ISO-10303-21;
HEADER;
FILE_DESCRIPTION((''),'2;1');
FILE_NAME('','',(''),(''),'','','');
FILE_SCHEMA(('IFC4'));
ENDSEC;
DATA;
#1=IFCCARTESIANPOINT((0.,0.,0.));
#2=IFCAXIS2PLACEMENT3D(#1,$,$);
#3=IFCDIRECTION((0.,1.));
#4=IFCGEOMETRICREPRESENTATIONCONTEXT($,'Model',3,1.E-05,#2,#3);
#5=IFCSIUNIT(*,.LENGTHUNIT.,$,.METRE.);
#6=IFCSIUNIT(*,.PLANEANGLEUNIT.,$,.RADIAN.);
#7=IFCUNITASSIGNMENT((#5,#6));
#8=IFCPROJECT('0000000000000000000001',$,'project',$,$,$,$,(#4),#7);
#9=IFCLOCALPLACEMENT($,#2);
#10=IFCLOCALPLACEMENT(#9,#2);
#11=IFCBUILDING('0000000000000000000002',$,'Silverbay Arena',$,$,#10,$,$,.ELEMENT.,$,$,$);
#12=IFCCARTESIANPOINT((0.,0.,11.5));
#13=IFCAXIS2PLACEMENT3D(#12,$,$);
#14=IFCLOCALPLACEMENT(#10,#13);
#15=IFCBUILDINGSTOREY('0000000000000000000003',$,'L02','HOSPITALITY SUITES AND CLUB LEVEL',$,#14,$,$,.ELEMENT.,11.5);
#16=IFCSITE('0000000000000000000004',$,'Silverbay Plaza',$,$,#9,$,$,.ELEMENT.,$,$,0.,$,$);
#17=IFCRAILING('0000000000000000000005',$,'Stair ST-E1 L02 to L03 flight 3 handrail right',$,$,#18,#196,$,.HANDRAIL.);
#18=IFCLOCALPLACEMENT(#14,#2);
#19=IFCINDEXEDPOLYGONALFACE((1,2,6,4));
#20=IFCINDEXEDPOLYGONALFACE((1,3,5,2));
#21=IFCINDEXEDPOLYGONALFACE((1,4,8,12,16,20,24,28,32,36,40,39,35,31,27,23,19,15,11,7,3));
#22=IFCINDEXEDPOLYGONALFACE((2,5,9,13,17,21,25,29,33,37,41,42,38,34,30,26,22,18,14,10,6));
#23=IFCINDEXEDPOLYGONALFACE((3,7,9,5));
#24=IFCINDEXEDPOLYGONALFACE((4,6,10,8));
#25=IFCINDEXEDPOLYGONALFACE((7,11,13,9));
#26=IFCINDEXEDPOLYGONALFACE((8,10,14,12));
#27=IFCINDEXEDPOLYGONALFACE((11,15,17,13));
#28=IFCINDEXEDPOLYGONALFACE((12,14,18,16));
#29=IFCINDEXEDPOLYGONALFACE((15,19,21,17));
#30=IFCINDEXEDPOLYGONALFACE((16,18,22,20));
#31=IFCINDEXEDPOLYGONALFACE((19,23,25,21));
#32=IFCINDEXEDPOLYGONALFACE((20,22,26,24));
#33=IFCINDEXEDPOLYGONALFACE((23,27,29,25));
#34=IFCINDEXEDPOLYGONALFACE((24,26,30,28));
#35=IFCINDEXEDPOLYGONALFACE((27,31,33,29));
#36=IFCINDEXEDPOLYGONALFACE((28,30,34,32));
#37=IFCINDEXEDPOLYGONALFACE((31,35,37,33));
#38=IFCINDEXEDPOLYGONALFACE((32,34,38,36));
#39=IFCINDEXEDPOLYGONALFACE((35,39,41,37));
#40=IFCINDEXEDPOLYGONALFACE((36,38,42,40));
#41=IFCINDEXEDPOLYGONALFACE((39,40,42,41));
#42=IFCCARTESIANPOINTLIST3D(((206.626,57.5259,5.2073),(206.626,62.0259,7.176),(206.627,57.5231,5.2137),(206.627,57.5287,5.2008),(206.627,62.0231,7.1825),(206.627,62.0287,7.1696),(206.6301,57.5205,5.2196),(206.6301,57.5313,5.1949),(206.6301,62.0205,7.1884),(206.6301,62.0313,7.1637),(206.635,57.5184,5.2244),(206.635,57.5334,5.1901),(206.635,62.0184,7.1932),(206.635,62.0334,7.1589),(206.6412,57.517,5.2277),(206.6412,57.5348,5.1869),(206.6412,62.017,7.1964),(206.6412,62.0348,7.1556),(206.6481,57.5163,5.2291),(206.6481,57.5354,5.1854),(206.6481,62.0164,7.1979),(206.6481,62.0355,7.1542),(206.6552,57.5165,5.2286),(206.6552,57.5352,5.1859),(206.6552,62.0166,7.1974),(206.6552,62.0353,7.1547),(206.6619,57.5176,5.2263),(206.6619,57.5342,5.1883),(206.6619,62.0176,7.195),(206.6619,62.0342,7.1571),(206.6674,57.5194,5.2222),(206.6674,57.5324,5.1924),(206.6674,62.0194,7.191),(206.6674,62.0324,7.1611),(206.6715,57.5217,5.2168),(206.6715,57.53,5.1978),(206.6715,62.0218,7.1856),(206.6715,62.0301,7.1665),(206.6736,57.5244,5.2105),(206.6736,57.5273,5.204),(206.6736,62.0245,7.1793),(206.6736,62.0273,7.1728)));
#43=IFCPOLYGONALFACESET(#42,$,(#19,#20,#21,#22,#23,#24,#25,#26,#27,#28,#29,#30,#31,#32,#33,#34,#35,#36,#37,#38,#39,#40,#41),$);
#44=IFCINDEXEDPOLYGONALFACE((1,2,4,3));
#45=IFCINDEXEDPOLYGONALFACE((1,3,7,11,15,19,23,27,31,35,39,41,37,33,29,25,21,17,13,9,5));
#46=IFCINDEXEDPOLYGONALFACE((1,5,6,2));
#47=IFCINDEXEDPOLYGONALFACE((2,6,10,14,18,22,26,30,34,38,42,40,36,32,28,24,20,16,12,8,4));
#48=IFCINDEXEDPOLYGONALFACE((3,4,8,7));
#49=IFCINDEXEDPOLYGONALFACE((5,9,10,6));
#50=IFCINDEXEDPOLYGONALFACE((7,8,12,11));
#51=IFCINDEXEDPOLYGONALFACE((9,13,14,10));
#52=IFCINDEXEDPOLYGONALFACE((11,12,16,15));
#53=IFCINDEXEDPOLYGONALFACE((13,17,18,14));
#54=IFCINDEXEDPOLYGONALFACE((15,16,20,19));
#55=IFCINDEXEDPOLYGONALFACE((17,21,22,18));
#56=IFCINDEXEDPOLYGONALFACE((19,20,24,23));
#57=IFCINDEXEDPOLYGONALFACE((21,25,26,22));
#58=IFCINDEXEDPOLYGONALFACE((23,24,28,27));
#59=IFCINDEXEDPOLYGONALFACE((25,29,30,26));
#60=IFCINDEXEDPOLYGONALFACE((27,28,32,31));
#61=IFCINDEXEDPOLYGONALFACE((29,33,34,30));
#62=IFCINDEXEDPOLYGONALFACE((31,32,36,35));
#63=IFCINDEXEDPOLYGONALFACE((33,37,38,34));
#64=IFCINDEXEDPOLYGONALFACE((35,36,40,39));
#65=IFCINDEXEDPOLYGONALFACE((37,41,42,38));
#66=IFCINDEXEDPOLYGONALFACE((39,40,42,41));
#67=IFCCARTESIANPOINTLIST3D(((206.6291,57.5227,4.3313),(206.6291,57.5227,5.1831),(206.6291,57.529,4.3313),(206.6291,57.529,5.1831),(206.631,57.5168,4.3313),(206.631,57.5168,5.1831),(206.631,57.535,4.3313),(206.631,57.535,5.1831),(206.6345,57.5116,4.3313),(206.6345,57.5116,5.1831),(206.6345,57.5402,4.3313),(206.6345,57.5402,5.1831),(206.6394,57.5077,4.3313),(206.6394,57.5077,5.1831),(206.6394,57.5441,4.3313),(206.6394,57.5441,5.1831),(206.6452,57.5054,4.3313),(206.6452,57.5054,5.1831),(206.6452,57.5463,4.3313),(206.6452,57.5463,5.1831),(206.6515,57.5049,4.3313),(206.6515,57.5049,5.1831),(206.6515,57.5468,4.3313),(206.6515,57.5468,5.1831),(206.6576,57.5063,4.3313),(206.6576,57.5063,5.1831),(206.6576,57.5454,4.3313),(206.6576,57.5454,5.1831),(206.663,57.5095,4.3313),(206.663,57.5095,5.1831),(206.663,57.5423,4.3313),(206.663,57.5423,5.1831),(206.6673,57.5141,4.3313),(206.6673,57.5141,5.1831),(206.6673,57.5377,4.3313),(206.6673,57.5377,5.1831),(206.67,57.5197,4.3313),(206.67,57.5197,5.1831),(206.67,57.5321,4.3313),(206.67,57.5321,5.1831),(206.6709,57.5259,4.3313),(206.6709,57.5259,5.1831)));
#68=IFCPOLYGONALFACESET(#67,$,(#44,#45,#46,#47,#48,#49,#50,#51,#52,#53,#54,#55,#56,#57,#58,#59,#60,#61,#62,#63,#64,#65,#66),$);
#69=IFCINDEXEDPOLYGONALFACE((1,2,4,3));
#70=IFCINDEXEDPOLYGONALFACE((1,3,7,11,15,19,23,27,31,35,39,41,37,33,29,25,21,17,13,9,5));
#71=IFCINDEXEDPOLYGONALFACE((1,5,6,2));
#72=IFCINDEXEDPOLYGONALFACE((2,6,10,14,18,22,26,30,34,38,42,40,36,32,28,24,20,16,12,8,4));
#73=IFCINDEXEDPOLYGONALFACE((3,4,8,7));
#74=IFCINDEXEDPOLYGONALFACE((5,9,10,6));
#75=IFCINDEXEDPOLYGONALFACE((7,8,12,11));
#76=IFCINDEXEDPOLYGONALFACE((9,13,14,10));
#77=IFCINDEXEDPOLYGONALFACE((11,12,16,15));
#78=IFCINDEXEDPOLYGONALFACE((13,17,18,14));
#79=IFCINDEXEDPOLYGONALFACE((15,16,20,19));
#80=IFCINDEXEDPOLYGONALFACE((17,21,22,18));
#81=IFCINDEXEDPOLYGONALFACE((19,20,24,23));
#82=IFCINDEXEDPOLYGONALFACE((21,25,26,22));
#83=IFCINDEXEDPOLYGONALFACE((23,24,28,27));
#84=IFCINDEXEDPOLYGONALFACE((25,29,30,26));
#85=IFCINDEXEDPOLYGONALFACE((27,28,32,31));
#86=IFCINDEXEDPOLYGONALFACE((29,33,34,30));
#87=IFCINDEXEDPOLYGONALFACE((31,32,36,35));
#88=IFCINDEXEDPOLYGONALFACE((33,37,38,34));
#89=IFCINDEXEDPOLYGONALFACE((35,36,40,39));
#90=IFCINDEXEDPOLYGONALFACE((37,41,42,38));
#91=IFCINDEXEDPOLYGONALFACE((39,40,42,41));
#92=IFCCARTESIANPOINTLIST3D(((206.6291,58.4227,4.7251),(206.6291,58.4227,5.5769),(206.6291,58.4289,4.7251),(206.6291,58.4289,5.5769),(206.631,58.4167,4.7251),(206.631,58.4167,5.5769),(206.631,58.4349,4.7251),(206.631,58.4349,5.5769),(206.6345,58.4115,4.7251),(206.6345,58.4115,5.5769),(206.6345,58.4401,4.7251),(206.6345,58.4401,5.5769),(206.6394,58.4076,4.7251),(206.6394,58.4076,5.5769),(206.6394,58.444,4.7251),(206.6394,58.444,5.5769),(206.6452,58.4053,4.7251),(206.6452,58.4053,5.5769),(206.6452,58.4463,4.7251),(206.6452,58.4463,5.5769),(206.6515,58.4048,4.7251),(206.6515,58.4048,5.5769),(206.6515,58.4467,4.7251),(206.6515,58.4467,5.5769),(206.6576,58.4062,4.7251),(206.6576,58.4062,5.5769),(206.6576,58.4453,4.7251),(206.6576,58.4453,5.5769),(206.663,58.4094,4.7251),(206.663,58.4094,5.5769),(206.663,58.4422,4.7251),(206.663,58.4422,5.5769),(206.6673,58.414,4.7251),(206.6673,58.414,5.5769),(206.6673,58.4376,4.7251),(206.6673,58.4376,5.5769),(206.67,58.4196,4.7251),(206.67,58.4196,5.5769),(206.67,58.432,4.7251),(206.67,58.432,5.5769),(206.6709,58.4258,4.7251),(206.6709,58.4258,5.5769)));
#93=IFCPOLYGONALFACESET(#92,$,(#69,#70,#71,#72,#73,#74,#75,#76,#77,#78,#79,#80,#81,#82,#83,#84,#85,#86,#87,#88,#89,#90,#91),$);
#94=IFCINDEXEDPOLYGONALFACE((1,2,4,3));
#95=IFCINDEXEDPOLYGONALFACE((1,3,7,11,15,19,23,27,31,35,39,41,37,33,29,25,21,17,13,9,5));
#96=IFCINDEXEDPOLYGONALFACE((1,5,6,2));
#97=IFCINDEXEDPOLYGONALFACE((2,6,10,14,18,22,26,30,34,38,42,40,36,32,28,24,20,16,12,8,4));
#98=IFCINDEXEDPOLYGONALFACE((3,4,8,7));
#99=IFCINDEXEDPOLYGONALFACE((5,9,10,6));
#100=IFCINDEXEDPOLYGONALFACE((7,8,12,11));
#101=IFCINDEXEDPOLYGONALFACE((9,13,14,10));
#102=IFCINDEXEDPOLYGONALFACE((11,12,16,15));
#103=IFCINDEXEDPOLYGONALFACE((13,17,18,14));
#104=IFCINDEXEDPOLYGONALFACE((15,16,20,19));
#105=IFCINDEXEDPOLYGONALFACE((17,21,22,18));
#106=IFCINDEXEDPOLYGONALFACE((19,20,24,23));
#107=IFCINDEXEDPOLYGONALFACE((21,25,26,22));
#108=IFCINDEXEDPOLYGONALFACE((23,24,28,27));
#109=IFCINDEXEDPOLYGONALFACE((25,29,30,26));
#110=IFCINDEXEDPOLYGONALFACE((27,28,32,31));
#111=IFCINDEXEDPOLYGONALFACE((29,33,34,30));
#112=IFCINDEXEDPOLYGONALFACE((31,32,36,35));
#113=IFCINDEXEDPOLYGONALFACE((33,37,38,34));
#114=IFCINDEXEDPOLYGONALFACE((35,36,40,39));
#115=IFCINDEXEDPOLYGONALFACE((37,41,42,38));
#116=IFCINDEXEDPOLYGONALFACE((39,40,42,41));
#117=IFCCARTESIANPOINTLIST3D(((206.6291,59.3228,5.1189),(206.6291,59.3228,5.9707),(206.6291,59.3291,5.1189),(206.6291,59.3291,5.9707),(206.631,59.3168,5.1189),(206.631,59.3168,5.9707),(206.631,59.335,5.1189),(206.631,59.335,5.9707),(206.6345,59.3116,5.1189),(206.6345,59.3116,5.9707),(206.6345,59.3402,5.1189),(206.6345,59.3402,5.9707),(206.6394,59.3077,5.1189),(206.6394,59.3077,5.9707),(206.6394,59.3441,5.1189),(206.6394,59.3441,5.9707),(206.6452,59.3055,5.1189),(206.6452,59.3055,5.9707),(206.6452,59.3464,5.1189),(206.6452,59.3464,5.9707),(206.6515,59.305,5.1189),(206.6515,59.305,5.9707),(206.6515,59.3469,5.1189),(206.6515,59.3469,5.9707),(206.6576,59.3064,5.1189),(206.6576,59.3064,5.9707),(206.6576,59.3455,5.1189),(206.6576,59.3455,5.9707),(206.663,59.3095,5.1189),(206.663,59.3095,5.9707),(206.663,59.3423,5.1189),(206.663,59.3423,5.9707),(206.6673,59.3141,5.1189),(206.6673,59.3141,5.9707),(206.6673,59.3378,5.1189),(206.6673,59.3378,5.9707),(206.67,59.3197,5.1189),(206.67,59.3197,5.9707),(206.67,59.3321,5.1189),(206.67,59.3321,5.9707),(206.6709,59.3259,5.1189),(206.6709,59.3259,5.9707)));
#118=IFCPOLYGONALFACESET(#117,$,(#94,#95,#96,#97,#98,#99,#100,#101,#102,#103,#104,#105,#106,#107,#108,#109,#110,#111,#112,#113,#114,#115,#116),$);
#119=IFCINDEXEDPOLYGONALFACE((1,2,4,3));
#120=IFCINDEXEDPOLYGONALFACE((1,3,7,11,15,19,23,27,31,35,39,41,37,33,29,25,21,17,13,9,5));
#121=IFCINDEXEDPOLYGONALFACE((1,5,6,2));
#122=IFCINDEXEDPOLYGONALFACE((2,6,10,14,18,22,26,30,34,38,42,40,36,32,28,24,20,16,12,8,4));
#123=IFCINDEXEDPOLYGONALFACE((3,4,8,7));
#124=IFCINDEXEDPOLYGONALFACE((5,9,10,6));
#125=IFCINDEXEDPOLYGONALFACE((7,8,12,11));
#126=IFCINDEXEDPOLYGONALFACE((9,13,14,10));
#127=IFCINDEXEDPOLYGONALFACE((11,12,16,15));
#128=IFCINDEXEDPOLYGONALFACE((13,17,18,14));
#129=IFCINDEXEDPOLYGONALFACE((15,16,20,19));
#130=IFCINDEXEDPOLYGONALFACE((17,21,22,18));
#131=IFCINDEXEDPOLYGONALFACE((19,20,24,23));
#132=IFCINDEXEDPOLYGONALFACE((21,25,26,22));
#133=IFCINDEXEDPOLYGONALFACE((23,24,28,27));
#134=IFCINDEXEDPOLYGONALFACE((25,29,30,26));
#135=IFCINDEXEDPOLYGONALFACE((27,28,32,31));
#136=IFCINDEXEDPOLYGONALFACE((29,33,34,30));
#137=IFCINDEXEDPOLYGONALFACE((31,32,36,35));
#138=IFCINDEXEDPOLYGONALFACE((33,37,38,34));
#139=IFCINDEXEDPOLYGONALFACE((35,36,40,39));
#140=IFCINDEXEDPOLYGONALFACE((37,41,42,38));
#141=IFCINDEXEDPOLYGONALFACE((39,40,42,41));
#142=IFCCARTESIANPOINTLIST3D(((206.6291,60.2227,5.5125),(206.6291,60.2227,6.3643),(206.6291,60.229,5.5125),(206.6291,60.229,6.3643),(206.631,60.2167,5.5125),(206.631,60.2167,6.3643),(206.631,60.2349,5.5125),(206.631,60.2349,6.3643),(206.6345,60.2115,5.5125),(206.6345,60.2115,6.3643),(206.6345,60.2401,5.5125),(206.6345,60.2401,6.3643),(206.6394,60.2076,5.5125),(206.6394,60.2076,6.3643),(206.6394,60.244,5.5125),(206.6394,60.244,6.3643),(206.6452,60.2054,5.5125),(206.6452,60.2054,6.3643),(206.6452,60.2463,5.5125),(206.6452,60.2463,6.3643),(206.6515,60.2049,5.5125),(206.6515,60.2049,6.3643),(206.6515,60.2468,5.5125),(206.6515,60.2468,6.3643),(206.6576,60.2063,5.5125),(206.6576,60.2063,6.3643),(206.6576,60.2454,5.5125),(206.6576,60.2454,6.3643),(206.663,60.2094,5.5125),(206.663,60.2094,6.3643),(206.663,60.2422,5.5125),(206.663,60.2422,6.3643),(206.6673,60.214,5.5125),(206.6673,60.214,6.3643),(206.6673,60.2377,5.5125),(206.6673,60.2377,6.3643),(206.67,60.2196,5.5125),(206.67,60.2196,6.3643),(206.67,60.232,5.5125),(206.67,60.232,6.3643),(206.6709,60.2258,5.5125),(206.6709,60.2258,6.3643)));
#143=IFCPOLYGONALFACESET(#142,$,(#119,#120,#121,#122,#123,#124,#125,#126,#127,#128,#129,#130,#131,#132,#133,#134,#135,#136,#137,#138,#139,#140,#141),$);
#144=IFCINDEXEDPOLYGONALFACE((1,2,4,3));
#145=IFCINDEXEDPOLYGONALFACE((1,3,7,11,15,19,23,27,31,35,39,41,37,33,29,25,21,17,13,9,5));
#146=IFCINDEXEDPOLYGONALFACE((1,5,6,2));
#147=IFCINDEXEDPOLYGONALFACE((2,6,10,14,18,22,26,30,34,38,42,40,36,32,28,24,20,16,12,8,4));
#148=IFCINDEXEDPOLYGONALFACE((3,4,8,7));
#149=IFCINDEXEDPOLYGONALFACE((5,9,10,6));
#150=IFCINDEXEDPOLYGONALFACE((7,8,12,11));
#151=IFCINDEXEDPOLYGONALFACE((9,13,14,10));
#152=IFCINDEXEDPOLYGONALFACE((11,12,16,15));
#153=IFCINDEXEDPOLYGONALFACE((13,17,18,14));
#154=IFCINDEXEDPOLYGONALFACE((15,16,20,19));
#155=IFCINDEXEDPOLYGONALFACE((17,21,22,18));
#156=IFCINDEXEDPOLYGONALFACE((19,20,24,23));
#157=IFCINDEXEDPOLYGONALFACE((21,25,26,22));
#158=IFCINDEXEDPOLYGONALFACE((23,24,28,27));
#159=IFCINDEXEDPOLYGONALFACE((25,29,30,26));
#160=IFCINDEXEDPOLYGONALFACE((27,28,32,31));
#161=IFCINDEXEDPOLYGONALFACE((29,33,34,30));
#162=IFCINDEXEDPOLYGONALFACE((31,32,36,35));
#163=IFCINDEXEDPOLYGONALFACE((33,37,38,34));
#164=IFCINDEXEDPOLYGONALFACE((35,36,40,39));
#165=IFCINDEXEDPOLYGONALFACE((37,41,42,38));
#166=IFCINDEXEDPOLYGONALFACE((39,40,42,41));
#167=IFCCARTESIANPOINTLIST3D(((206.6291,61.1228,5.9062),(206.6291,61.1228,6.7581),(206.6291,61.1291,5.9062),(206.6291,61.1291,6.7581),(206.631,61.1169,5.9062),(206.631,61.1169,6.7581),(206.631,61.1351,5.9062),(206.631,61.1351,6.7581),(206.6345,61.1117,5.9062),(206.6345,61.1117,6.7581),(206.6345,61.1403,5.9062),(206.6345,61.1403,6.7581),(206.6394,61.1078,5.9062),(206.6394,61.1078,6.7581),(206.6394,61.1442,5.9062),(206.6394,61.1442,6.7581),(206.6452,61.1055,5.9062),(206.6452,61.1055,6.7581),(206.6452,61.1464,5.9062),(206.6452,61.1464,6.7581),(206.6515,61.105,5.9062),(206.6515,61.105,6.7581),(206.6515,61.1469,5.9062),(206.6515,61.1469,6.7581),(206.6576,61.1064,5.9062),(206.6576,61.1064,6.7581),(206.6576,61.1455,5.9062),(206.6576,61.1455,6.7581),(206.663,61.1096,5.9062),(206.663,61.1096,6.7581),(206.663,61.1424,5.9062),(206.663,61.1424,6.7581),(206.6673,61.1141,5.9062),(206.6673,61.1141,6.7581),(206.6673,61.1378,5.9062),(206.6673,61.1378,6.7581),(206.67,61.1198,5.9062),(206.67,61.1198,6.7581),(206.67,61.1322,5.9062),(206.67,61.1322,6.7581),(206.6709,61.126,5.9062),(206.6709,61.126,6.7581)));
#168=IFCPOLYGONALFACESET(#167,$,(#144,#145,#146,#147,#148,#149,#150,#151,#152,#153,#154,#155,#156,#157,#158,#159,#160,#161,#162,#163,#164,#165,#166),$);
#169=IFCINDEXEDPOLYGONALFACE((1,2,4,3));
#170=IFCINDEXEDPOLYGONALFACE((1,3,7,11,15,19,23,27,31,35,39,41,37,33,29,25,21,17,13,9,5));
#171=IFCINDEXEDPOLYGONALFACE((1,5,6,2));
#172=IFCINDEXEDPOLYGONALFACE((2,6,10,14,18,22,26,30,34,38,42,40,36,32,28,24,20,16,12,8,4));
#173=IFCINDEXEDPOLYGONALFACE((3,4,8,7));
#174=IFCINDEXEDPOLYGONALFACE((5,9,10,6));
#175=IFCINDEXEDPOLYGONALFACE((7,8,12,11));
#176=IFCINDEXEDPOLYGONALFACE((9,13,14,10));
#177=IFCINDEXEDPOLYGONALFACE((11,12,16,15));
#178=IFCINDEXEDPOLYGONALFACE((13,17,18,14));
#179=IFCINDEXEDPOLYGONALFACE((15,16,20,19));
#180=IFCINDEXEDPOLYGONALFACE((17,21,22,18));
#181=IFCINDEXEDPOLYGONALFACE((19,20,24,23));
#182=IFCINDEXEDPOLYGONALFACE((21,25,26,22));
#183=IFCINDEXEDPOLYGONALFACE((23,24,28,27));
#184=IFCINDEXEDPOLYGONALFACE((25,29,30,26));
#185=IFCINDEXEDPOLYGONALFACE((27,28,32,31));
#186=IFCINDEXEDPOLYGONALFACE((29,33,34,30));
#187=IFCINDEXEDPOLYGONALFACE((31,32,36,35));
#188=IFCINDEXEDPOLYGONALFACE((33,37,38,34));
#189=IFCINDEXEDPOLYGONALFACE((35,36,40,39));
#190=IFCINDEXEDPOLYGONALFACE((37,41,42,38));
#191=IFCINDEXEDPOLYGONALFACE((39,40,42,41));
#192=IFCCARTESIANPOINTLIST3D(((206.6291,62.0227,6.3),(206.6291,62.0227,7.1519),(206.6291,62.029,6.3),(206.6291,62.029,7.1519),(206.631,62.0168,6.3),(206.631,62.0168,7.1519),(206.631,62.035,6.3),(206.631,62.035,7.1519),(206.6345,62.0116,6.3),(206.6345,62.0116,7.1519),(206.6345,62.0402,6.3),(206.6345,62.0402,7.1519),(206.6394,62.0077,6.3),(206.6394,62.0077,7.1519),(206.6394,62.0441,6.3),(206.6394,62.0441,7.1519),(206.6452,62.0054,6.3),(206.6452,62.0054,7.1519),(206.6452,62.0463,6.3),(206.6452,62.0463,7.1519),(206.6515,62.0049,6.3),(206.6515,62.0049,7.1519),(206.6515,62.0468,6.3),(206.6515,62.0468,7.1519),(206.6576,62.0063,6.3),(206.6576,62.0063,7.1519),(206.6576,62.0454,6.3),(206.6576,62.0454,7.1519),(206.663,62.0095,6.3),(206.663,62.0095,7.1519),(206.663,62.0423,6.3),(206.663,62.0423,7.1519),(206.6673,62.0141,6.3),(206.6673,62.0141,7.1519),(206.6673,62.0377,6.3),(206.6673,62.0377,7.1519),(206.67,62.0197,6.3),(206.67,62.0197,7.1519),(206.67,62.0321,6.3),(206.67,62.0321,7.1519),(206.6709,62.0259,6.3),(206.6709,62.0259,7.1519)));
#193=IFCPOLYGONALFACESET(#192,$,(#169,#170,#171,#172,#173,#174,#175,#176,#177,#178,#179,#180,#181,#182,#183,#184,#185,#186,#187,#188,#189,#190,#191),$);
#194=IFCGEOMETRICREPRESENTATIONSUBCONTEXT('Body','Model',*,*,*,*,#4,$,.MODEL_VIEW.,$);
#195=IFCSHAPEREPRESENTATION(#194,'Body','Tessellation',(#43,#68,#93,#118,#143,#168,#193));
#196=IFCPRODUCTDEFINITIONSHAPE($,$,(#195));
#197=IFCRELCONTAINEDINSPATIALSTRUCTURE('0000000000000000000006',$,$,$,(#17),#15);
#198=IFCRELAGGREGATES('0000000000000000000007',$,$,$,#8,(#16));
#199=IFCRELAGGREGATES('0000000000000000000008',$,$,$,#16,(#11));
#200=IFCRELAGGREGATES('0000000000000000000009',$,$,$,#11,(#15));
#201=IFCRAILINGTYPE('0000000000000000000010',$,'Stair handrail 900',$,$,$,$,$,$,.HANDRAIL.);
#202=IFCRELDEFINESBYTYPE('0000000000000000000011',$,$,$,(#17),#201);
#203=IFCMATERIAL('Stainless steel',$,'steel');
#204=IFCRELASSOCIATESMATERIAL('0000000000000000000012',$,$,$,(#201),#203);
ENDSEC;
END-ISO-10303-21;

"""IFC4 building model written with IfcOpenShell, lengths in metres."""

from ifc_helpers import new_model, si_unit, direction, frame, origin, origin_2d, place, context, subcontext, project, spatial, circle, extrude, material, type_object, element, save


model = new_model("IFC4")

# Units and contexts
model_context = context("Model", 3, precision=1e-05, world=origin(), true_north=direction((0.0, 1.0)))
body_context = subcontext(model_context, "Body", "Model", "MODEL_VIEW")
ifc_project = project(units=[si_unit("LENGTHUNIT", "METRE"), si_unit("PLANEANGLEUNIT", "RADIAN")], contexts=[model_context])

# Site, building, storey
site_placement = place(None, origin())
site = spatial("IfcSite", under=ifc_project, at=site_placement, Name="Silverbay Plaza", CompositionType="ELEMENT", RefElevation=0.0)
building_placement = place(site_placement, origin())
building = spatial("IfcBuilding", under=site, at=building_placement, Name="Silverbay Arena", CompositionType="ELEMENT")
storey_placement = place(building_placement, frame((0.0, 0.0, 11.5)))
storey = spatial("IfcBuildingStorey", under=building, at=storey_placement, Name="L02", Description="HOSPITALITY SUITES AND CLUB LEVEL", CompositionType="ELEMENT", Elevation=11.5)

# Railing
ifc_material_1 = material(Name="Stainless steel", Category="steel")
railing_type_1 = type_object("IfcRailingType", Name="Stair handrail 900", PredefinedType="HANDRAIL", material=ifc_material_1)
for number, where, name in (
    (1, (206.6499, 57.5259, 4.3313), "Stair ST-E1 L02 to L03 flight 3 handrail right"),
):
    element("IfcRailing", number, at=place(storey_placement, frame(where)), inside=storey, type_object=railing_type_1, Name=name, PredefinedType="HANDRAIL", context=body_context, shape_type="SweptSolid", body=[
        extrude(circle(Radius=0.0239, at=origin_2d()), frame((0.0, 0.0, 0.876), z_axis=(0.0, 0.916157, 0.400819), x_axis=(-1.0, 0.0, 0.0)), (0.0, 0.0, 1.0), 4.9119),
        extrude(circle(Radius=0.021, at=origin_2d()), origin(), (0.0, 0.0, 1.0), 0.8518),
        extrude(circle(Radius=0.021, at=origin_2d()), frame((0.0, 0.8999, 0.3938)), (0.0, 0.0, 1.0), 0.8518),
        extrude(circle(Radius=0.021, at=origin_2d()), frame((0.0, 1.8, 0.7876)), (0.0, 0.0, 1.0), 0.8518),
        extrude(circle(Radius=0.021, at=origin_2d()), frame((0.0, 2.7, 1.1812)), (0.0, 0.0, 1.0), 0.8518),
        extrude(circle(Radius=0.021, at=origin_2d()), frame((0.0, 3.6001, 1.575)), (0.0, 0.0, 1.0), 0.8518),
        extrude(circle(Radius=0.021, at=origin_2d()), frame((0.0, 4.5, 1.9688)), (0.0, 0.0, 1.0), 0.8518),
    ])

save(model, "model.ifc")
